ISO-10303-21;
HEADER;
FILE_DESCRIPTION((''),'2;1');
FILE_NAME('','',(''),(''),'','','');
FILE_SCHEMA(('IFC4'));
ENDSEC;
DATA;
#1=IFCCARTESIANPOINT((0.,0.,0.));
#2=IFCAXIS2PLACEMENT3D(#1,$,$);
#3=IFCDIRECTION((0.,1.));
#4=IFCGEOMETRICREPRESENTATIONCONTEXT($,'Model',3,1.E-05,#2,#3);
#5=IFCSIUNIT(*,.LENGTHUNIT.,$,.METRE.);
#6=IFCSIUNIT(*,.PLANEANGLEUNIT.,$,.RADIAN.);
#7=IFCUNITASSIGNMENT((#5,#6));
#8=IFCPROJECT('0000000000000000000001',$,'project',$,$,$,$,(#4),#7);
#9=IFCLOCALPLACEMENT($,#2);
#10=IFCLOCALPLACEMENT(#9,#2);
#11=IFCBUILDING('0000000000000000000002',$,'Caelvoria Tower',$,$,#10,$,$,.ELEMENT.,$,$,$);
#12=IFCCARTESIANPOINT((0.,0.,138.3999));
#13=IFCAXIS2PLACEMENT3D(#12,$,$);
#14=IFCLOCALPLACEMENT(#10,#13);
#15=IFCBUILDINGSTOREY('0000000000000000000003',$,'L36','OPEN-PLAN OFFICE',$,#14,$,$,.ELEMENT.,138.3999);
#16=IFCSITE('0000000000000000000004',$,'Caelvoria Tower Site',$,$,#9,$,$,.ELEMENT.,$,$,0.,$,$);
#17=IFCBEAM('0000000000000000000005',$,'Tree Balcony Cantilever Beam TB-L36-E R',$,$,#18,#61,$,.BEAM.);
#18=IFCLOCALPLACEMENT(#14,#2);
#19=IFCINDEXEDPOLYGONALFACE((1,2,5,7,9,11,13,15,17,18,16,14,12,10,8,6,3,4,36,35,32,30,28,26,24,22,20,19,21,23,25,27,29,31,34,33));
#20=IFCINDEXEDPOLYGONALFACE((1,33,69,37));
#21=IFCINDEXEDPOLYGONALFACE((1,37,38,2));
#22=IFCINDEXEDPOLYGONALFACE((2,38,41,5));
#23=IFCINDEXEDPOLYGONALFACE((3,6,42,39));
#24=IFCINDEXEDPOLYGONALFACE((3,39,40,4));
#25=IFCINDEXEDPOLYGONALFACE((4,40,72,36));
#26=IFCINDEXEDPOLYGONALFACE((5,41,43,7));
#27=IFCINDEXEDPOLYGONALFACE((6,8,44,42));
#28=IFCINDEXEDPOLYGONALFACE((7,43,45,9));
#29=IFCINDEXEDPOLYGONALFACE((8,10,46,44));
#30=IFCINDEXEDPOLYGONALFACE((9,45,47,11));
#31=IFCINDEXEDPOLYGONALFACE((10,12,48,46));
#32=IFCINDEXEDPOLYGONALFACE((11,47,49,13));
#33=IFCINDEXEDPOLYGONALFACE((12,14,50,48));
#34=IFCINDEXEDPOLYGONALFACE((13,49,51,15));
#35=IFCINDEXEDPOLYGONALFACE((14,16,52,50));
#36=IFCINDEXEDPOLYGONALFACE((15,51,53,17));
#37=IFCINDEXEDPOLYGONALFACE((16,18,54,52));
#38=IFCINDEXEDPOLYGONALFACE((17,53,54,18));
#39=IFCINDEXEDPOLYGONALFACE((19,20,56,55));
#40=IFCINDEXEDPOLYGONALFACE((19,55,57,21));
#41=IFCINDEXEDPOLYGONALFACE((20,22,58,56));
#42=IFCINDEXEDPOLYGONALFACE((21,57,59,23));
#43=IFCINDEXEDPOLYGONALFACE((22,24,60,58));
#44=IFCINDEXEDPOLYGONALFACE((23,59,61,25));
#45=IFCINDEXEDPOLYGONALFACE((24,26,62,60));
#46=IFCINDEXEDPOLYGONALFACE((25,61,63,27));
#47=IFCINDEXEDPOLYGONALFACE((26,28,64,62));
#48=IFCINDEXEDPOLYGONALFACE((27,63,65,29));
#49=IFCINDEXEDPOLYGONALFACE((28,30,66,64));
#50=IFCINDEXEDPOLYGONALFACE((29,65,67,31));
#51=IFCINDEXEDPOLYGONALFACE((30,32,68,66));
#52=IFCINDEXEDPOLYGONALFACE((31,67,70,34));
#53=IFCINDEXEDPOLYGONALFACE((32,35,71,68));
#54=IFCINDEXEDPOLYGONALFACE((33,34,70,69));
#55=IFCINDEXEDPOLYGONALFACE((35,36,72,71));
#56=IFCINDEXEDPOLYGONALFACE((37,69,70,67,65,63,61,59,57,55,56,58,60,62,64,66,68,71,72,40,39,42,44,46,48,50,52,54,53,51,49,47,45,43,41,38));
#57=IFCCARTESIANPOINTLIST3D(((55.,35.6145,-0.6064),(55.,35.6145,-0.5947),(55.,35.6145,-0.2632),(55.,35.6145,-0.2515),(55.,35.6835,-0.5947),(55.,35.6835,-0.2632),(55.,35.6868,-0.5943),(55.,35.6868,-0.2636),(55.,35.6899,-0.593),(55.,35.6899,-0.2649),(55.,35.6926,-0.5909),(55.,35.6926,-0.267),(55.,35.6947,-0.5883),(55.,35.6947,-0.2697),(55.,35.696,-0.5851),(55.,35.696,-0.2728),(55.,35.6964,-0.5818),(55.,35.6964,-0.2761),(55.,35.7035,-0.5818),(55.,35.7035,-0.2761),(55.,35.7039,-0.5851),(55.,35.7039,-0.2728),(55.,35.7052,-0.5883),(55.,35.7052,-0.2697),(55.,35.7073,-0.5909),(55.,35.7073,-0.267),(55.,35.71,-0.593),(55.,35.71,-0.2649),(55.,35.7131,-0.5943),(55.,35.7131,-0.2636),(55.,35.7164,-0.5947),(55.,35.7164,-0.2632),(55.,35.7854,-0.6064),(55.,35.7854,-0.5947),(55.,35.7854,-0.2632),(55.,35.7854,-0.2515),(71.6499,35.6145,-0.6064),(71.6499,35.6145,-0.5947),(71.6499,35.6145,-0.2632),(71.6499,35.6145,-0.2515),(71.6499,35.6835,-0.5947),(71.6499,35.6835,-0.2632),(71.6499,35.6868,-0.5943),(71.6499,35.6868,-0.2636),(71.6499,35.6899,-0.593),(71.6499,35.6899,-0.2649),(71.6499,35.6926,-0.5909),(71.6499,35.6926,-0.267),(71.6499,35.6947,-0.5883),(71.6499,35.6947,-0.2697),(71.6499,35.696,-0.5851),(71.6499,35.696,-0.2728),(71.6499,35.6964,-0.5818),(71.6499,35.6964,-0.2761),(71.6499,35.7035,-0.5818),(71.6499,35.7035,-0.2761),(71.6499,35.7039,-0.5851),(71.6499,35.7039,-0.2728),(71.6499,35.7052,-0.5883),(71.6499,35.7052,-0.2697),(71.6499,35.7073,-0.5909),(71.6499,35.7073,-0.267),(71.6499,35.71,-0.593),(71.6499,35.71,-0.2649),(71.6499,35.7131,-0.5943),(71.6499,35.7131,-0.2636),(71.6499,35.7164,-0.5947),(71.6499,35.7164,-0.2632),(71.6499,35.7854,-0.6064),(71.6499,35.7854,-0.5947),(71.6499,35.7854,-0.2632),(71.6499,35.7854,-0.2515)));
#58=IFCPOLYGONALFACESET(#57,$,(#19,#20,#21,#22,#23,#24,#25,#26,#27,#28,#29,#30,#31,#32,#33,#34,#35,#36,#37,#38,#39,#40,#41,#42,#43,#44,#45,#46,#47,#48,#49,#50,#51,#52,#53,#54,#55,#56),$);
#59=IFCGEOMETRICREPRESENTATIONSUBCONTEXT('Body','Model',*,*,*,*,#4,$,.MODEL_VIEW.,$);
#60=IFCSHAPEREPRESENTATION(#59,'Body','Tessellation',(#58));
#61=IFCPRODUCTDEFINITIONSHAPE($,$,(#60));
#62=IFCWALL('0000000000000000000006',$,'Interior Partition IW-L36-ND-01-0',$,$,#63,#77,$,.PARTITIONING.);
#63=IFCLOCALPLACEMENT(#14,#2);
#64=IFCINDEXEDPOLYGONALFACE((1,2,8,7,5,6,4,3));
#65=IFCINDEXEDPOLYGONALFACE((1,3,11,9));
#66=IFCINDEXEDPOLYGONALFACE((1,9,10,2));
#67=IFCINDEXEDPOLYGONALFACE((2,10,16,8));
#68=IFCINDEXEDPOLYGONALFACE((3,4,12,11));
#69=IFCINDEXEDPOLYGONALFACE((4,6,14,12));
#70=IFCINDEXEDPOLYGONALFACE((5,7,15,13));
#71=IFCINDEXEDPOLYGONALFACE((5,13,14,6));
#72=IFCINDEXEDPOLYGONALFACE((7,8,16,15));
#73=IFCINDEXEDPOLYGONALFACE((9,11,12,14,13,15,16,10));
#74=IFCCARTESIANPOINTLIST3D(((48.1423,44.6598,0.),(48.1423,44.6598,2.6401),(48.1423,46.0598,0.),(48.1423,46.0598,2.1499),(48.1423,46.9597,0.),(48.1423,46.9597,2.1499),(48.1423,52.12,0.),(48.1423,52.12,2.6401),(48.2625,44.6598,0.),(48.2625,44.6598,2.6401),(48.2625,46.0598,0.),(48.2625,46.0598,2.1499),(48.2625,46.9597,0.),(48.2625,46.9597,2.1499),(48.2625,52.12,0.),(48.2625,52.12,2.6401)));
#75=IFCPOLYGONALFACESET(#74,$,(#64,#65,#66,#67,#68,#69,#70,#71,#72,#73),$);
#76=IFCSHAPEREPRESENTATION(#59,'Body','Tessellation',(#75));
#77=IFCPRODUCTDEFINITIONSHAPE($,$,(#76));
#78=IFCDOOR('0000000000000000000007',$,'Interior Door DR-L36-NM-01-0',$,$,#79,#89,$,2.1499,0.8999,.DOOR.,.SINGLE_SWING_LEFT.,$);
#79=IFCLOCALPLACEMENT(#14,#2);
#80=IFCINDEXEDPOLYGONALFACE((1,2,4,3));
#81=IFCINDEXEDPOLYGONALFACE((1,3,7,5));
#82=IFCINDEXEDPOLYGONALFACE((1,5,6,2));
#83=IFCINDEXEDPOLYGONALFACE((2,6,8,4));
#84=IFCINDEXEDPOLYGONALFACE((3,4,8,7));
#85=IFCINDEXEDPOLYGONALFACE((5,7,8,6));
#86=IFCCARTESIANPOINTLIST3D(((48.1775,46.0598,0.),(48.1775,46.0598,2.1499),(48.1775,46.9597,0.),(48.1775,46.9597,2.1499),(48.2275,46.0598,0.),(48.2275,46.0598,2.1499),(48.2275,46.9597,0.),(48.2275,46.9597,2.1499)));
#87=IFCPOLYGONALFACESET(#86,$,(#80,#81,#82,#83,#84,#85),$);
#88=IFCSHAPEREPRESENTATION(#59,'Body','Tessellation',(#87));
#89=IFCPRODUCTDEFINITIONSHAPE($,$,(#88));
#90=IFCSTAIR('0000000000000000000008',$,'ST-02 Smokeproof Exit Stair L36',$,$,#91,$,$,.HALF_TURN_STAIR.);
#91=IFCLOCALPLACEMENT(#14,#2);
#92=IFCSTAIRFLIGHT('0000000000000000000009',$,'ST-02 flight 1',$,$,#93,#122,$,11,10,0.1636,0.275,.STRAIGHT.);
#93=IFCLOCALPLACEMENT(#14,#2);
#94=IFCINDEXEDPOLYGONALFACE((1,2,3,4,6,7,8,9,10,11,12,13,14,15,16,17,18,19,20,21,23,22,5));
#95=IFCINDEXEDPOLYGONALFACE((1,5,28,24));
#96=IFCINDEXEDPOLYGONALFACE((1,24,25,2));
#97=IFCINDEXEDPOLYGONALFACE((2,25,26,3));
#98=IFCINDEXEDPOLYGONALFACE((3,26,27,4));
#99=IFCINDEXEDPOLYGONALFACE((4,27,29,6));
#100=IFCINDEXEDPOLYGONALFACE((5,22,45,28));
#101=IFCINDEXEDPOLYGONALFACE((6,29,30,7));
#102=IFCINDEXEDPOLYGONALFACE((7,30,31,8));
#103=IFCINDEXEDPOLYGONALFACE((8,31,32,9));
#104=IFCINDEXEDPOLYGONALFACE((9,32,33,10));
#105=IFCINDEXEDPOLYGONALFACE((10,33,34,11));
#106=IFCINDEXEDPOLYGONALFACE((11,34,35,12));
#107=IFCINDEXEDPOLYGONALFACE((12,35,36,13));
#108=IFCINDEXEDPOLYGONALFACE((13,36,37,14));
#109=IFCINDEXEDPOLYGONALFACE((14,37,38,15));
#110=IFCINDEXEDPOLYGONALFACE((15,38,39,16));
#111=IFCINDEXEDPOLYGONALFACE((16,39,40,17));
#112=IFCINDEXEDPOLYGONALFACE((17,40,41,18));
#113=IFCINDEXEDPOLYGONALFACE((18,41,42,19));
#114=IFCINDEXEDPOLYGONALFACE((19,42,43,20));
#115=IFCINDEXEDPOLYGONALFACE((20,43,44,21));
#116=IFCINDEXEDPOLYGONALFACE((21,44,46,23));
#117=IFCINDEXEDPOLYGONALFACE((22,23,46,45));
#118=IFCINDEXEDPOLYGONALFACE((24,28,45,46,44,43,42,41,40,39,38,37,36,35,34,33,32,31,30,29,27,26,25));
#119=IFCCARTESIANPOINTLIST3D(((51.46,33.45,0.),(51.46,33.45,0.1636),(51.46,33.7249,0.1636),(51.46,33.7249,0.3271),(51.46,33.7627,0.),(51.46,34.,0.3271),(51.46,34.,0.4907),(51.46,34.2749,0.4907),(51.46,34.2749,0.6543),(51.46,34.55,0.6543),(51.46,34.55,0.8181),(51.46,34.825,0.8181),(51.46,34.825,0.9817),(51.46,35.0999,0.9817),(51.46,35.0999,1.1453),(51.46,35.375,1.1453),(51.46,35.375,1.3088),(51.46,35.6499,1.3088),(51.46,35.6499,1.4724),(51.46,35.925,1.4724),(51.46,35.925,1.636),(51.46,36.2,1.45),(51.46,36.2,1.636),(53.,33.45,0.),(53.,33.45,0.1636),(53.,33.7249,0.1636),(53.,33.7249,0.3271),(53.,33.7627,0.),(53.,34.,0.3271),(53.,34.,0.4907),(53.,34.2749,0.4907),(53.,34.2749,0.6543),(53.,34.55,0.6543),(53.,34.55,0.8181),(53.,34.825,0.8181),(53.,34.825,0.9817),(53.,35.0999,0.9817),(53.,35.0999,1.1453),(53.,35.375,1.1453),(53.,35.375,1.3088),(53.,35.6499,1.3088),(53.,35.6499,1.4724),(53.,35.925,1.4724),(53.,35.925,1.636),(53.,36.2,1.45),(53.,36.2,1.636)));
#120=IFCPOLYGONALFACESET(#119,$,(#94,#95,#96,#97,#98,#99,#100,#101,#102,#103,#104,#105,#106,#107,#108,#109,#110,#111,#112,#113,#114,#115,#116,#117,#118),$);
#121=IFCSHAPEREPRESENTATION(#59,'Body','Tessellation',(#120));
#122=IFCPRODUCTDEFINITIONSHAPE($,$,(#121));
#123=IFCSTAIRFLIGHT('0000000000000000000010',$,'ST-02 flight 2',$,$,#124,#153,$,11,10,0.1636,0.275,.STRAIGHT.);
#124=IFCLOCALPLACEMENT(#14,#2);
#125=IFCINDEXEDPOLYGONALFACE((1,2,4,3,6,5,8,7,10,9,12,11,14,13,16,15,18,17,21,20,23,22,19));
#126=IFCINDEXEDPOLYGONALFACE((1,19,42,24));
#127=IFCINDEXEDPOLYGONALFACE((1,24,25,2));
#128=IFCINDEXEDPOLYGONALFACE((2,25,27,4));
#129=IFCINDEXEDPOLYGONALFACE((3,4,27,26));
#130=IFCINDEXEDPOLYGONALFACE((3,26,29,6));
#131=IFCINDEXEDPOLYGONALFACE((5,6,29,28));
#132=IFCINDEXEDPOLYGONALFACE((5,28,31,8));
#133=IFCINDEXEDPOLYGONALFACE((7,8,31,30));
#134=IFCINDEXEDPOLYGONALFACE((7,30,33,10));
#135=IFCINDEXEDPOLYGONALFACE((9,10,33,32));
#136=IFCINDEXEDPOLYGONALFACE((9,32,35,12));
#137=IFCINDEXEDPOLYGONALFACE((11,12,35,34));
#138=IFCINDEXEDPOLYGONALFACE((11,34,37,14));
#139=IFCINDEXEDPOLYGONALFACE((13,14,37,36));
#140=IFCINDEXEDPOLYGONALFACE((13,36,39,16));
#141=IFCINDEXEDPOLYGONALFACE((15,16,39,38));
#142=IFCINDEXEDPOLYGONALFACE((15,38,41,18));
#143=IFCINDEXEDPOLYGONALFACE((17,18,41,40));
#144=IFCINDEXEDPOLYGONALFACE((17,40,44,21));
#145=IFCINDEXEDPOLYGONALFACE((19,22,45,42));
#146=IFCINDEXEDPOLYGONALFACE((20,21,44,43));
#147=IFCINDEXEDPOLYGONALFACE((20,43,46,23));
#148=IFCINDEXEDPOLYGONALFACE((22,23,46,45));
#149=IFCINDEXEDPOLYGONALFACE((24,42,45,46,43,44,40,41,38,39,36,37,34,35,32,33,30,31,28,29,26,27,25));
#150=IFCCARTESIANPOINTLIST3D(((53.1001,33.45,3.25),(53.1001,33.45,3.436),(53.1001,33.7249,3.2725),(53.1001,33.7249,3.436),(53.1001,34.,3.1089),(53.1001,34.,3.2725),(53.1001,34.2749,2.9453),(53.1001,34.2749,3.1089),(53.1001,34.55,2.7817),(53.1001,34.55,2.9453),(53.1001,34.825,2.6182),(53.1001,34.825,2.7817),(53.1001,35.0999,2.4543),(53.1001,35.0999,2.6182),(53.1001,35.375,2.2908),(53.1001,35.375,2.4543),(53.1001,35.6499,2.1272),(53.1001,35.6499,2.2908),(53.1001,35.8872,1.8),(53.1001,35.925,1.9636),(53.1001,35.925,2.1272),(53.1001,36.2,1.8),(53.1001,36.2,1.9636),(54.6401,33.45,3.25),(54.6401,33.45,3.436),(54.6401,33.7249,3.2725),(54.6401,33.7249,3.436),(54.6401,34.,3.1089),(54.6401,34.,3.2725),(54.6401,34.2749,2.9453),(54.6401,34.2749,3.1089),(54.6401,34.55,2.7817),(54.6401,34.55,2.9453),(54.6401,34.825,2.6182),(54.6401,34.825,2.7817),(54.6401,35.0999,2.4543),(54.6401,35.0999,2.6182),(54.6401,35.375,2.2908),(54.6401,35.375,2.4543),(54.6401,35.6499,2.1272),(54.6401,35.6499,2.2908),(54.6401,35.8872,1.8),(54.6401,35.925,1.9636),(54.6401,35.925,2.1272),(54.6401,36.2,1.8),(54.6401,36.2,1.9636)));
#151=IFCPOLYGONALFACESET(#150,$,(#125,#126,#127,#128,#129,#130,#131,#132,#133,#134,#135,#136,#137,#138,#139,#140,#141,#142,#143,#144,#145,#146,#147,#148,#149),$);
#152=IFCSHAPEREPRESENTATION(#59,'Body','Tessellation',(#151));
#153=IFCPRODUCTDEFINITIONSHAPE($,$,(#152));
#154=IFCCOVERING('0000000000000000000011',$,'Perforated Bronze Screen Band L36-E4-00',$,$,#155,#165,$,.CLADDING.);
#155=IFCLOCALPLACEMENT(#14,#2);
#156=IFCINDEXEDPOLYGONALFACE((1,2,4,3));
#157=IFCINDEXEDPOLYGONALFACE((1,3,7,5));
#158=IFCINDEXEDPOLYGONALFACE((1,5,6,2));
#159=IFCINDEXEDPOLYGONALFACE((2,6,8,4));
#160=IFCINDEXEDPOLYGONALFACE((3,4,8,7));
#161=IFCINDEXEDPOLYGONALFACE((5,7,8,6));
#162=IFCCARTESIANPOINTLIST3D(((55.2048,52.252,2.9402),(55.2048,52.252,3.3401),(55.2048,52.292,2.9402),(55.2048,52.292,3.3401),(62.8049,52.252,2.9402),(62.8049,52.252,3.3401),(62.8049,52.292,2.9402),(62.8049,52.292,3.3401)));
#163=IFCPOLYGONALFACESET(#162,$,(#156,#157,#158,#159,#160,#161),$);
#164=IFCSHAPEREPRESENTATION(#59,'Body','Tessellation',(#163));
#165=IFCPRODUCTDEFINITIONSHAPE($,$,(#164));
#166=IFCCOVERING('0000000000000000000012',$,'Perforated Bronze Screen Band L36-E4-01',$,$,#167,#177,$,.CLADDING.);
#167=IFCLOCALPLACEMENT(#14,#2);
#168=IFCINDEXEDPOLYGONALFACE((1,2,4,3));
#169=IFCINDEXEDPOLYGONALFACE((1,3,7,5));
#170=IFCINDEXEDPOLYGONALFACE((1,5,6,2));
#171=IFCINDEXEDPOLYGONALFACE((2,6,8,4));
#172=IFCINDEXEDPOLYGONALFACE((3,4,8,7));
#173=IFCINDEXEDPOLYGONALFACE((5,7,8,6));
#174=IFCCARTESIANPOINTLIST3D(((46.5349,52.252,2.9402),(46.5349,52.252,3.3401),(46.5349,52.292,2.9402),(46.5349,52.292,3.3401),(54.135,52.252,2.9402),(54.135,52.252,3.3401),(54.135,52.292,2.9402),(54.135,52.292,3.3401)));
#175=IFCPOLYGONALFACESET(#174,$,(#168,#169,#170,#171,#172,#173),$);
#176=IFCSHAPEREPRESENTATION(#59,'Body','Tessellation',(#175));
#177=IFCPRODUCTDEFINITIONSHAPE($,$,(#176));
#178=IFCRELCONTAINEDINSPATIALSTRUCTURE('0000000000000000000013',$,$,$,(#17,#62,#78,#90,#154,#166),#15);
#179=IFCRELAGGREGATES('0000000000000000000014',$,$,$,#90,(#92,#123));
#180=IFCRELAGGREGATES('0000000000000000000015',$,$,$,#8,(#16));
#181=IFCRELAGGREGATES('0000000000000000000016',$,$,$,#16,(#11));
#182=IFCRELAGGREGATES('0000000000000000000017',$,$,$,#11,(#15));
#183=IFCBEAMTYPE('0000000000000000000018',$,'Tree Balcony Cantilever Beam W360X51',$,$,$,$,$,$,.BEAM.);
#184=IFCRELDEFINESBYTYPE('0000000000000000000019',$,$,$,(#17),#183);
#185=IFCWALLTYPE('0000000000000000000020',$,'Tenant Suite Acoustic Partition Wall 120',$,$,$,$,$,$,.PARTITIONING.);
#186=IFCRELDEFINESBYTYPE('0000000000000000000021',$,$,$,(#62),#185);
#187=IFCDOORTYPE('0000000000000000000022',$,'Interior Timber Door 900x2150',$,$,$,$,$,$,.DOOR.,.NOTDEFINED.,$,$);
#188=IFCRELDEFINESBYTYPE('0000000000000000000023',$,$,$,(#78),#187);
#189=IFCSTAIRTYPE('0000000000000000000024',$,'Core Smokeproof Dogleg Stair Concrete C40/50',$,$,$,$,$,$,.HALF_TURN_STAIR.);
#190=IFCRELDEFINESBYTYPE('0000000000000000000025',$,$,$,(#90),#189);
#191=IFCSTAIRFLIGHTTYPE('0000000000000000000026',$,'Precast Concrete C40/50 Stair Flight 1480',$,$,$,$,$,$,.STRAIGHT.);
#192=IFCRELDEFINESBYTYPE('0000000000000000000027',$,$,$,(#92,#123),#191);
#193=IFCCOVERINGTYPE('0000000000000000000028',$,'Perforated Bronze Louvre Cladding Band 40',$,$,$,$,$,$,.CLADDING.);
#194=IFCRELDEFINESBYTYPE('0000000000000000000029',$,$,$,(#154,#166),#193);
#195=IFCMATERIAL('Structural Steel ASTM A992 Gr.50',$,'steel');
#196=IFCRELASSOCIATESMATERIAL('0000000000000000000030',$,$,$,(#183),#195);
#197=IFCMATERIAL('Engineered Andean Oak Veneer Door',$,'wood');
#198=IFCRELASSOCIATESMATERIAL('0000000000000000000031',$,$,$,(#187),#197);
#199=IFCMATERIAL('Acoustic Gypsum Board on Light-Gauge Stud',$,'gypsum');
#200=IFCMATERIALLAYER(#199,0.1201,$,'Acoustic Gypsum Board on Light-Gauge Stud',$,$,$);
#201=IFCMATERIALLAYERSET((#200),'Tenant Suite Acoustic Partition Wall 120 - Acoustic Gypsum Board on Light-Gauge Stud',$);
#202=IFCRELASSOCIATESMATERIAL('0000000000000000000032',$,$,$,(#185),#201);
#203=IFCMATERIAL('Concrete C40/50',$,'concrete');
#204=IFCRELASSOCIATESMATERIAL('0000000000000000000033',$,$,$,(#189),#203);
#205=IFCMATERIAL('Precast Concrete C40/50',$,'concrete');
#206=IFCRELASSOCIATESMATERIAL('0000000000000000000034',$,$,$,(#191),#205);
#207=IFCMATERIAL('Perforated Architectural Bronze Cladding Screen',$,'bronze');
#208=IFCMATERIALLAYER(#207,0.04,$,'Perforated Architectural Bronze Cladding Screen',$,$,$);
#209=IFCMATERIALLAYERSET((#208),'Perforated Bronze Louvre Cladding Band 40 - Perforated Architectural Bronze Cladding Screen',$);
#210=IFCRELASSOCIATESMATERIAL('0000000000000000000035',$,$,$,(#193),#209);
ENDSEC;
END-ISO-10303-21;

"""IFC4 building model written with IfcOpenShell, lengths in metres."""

from ifc_helpers import new_model, si_unit, direction, frame, frame_2d, origin, origin_2d, place, context, subcontext, project, spatial, polyline, rectangle, i_section, outline, extrude, material, layer, layer_set, material_profile, profile_set, type_object, element, fill, aggregate, save


model = new_model("IFC4")

# Units and contexts
model_context = context("Model", 3, precision=1e-05, world=origin(), true_north=direction((0.0, 1.0)))
body_context = subcontext(model_context, "Body", "Model", "MODEL_VIEW")
ifc_project = project(units=[si_unit("LENGTHUNIT", "METRE"), si_unit("PLANEANGLEUNIT", "RADIAN")], contexts=[model_context])

# Site, building, storey
site_placement = place(None, origin())
site = spatial("IfcSite", under=ifc_project, at=site_placement, Name="Caelvoria Tower Site", CompositionType="ELEMENT", RefElevation=0.0)
building_placement = place(site_placement, origin())
building = spatial("IfcBuilding", under=site, at=building_placement, Name="Caelvoria Tower", CompositionType="ELEMENT")
storey_placement = place(building_placement, frame((0.0, 0.0, 138.3999)))
storey = spatial("IfcBuildingStorey", under=building, at=storey_placement, Name="L36", Description="OPEN-PLAN OFFICE", CompositionType="ELEMENT", Elevation=138.3999)

# Shared definitions
ifc_material_1 = material(Name="Structural Steel ASTM A992 Gr.50", Category="steel")

# Beam
ifc_material_profile_1 = material_profile(ifc_material_1, i_section(OverallWidth=0.1709, OverallDepth=0.355, WebThickness=0.0071, FlangeThickness=0.0117, FilletRadius=0.0129, at=origin_2d()), Name="Structural Steel ASTM A992 Gr.50")
ifc_profile_set_1 = profile_set([ifc_material_profile_1], Name="W360X51 - Structural Steel ASTM A992 Gr.50")
beam_type_1 = type_object("IfcBeamType", Name="Tree Balcony Cantilever Beam W360X51", PredefinedType="BEAM", material=ifc_profile_set_1)
beam_1_placement = place(storey_placement, frame((55.0, 35.7, -0.429), z_axis=(1.0, 0.0, 0.0), x_axis=(0.0, 1.0, 0.0)))
element("IfcBeam", 1, at=beam_1_placement, inside=storey, type_object=beam_type_1, Name="Tree Balcony Cantilever Beam TB-L36-E R", PredefinedType="BEAM", context=body_context, shape_type="SweptSolid", body=[
    extrude(i_section(OverallWidth=0.1709, OverallDepth=0.355, WebThickness=0.0071, FlangeThickness=0.0117, FilletRadius=0.0129, at=origin_2d()), origin(), (0.0, 0.0, 1.0), 16.6499),
])

# Wall, opening, door
ifc_material_2 = material(Name="Engineered Andean Oak Veneer Door", Category="wood")
door_type_1 = type_object("IfcDoorType", Name="Interior Timber Door 900x2150", OperationType="NOTDEFINED", PredefinedType="DOOR", material=ifc_material_2)
ifc_material_3 = material(Name="Acoustic Gypsum Board on Light-Gauge Stud", Category="gypsum")
ifc_layer_1 = layer(ifc_material_3, 0.1201, Name="Acoustic Gypsum Board on Light-Gauge Stud")
ifc_layer_set_1 = layer_set([ifc_layer_1], Name="Tenant Suite Acoustic Partition Wall 120 - Acoustic Gypsum Board on Light-Gauge Stud")
wall_type_1 = type_object("IfcWallType", Name="Tenant Suite Acoustic Partition Wall 120", PredefinedType="PARTITIONING", material=ifc_layer_set_1)
wall_1_placement = place(storey_placement, frame((48.2024, 44.6599, 0.0), z_axis=(0.0, 0.0, 1.0), x_axis=(0.0, 1.0, 0.0)))
wall_1 = element("IfcWall", 2, at=wall_1_placement, inside=storey, type_object=wall_type_1, Name="Interior Partition IW-L36-ND-01-0", PredefinedType="PARTITIONING", context=body_context, shape_type="SweptSolid", body=[
    extrude(rectangle(XDim=7.4602, YDim=0.1201, at=frame_2d((3.73, 0.0))), origin(), (0.0, 0.0, 1.0), 2.6401),
])
opening_1_placement = place(wall_1_placement, frame((1.3999, 0.0, 0.0)))
opening_1 = element("IfcOpeningElement", 3, at=opening_1_placement, cuts=wall_1, PredefinedType="OPENING", context=body_context, shape_type="SweptSolid", body=[
    extrude(rectangle(XDim=0.8999, YDim=2.1499, at=frame_2d((0.45, 1.075))), frame((0.0, 0.0701, 0.0), z_axis=(0.0, -1.0, 0.0), x_axis=(1.0, 0.0, 0.0)), (0.0, 0.0, 1.0), 0.1401),
])
door_1_placement = place(opening_1_placement, origin())
door_1 = element("IfcDoor", 4, at=door_1_placement, inside=storey, type_object=door_type_1, Name="Interior Door DR-L36-NM-01-0", OperationType="SINGLE_SWING_LEFT", OverallHeight=2.1499, OverallWidth=0.8999, PredefinedType="DOOR", context=body_context, shape_type="SweptSolid", body=[
    extrude(rectangle(XDim=0.8999, YDim=2.1499, at=frame_2d((0.45, 1.075))), frame((0.0, 0.0249, 0.0), z_axis=(0.0, -1.0, 0.0), x_axis=(1.0, 0.0, 0.0)), (0.0, 0.0, 1.0), 0.05),
])
fill(opening_1, door_1)

# Stair, stair flights
ifc_material_4 = material(Name="Concrete C40/50", Category="concrete")
stair_type = type_object("IfcStairType", Name="Core Smokeproof Dogleg Stair Concrete C40/50", PredefinedType="HALF_TURN_STAIR", material=ifc_material_4)
stair_placement = place(storey_placement, origin())
stair = element("IfcStair", 5, at=stair_placement, inside=storey, type_object=stair_type, Name="ST-02 Smokeproof Exit Stair L36", PredefinedType="HALF_TURN_STAIR")
ifc_material_5 = material(Name="Precast Concrete C40/50", Category="concrete")
stair_flight_type = type_object("IfcStairFlightType", Name="Precast Concrete C40/50 Stair Flight 1480", PredefinedType="STRAIGHT", material=ifc_material_5)
stair_flight_1_placement = place(storey_placement, frame((52.23, 33.45, 0.0), z_axis=(0.0, 0.0, 1.0), x_axis=(0.0, 1.0, 0.0)))
stair_flight_1 = element("IfcStairFlight", 6, at=stair_flight_1_placement, type_object=stair_flight_type, Name="ST-02 flight 1", NumberOfRisers=11, NumberOfTreads=10, PredefinedType="STRAIGHT", RiserHeight=0.1636, TreadLength=0.275, context=body_context, shape_type="SweptSolid", body=[
    extrude(outline(polyline([(0.0, 0.0), (0.0, 0.1636), (0.2749, 0.1636), (0.2749, 0.3271), (0.55, 0.3271), (0.55, 0.4907), (0.825, 0.4907), (0.825, 0.6543), (1.1001, 0.6543), (1.1001, 0.8181), (1.375, 0.8181), (1.375, 0.9817), (1.6499, 0.9817), (1.6499, 1.1453), (1.925, 1.1453), (1.925, 1.3088), (2.2, 1.3088), (2.2, 1.4724), (2.4751, 1.4724), (2.4751, 1.636), (2.75, 1.636), (2.75, 1.7996), (2.75, 1.45), (0.3127, 0.0), (0.0, 0.0)])), frame((0.0, 0.77, 0.0), z_axis=(0.0, -1.0, 0.0), x_axis=(1.0, 0.0, 0.0)), (0.0, 0.0, 1.0), 1.54),
])
stair_flight_2_placement = place(storey_placement, frame((53.8701, 36.2, 1.8), z_axis=(0.0, 0.0, 1.0), x_axis=(0.0, -1.0, 0.0)))
stair_flight_2 = element("IfcStairFlight", 7, at=stair_flight_2_placement, type_object=stair_flight_type, Name="ST-02 flight 2", NumberOfRisers=11, NumberOfTreads=10, PredefinedType="STRAIGHT", RiserHeight=0.1636, TreadLength=0.275, context=body_context, shape_type="SweptSolid", body=[
    extrude(outline(polyline([(0.0, 0.0), (0.0, 0.1636), (0.2749, 0.1636), (0.2749, 0.3271), (0.55, 0.3271), (0.55, 0.4907), (0.825, 0.4907), (0.825, 0.6543), (1.1001, 0.6543), (1.1001, 0.8181), (1.375, 0.8181), (1.375, 0.9817), (1.6499, 0.9817), (1.6499, 1.1453), (1.925, 1.1453), (1.925, 1.3088), (2.2, 1.3088), (2.2, 1.4724), (2.4751, 1.4724), (2.4751, 1.636), (2.75, 1.636), (2.75, 1.7996), (2.75, 1.45), (0.3127, 0.0), (0.0, 0.0)])), frame((0.0, 0.77, 0.0), z_axis=(0.0, -1.0, 0.0), x_axis=(1.0, 0.0, 0.0)), (0.0, 0.0, 1.0), 1.54),
])
aggregate(stair, [stair_flight_1, stair_flight_2])

# Coverings
ifc_material_6 = material(Name="Perforated Architectural Bronze Cladding Screen", Category="bronze")
ifc_layer_2 = layer(ifc_material_6, 0.04, Name="Perforated Architectural Bronze Cladding Screen")
ifc_layer_set_2 = layer_set([ifc_layer_2], Name="Perforated Bronze Louvre Cladding Band 40 - Perforated Architectural Bronze Cladding Screen")
covering_type = type_object("IfcCoveringType", Name="Perforated Bronze Louvre Cladding Band 40", PredefinedType="CLADDING", material=ifc_layer_set_2)
for number, where, z_axis, x_axis, name in (
    (8, (59.0049, 52.272, 2.9402), (0.0, 0.0, 1.0), (-1.0, 0.0, 0.0), "Perforated Bronze Screen Band L36-E4-00"),
    (9, (50.335, 52.272, 2.9402), (0.0, 0.0, 1.0), (-1.0, 0.0, 0.0), "Perforated Bronze Screen Band L36-E4-01"),
):
    element("IfcCovering", number, at=place(storey_placement, frame(where, z_axis=z_axis, x_axis=x_axis)), inside=storey, type_object=covering_type, Name=name, PredefinedType="CLADDING", context=body_context, shape_type="SweptSolid", body=[
        extrude(rectangle(XDim=7.6001, YDim=0.04, at=origin_2d()), origin(), (0.0, 0.0, 1.0), 0.3999),
    ])

save(model, "model.ifc")
